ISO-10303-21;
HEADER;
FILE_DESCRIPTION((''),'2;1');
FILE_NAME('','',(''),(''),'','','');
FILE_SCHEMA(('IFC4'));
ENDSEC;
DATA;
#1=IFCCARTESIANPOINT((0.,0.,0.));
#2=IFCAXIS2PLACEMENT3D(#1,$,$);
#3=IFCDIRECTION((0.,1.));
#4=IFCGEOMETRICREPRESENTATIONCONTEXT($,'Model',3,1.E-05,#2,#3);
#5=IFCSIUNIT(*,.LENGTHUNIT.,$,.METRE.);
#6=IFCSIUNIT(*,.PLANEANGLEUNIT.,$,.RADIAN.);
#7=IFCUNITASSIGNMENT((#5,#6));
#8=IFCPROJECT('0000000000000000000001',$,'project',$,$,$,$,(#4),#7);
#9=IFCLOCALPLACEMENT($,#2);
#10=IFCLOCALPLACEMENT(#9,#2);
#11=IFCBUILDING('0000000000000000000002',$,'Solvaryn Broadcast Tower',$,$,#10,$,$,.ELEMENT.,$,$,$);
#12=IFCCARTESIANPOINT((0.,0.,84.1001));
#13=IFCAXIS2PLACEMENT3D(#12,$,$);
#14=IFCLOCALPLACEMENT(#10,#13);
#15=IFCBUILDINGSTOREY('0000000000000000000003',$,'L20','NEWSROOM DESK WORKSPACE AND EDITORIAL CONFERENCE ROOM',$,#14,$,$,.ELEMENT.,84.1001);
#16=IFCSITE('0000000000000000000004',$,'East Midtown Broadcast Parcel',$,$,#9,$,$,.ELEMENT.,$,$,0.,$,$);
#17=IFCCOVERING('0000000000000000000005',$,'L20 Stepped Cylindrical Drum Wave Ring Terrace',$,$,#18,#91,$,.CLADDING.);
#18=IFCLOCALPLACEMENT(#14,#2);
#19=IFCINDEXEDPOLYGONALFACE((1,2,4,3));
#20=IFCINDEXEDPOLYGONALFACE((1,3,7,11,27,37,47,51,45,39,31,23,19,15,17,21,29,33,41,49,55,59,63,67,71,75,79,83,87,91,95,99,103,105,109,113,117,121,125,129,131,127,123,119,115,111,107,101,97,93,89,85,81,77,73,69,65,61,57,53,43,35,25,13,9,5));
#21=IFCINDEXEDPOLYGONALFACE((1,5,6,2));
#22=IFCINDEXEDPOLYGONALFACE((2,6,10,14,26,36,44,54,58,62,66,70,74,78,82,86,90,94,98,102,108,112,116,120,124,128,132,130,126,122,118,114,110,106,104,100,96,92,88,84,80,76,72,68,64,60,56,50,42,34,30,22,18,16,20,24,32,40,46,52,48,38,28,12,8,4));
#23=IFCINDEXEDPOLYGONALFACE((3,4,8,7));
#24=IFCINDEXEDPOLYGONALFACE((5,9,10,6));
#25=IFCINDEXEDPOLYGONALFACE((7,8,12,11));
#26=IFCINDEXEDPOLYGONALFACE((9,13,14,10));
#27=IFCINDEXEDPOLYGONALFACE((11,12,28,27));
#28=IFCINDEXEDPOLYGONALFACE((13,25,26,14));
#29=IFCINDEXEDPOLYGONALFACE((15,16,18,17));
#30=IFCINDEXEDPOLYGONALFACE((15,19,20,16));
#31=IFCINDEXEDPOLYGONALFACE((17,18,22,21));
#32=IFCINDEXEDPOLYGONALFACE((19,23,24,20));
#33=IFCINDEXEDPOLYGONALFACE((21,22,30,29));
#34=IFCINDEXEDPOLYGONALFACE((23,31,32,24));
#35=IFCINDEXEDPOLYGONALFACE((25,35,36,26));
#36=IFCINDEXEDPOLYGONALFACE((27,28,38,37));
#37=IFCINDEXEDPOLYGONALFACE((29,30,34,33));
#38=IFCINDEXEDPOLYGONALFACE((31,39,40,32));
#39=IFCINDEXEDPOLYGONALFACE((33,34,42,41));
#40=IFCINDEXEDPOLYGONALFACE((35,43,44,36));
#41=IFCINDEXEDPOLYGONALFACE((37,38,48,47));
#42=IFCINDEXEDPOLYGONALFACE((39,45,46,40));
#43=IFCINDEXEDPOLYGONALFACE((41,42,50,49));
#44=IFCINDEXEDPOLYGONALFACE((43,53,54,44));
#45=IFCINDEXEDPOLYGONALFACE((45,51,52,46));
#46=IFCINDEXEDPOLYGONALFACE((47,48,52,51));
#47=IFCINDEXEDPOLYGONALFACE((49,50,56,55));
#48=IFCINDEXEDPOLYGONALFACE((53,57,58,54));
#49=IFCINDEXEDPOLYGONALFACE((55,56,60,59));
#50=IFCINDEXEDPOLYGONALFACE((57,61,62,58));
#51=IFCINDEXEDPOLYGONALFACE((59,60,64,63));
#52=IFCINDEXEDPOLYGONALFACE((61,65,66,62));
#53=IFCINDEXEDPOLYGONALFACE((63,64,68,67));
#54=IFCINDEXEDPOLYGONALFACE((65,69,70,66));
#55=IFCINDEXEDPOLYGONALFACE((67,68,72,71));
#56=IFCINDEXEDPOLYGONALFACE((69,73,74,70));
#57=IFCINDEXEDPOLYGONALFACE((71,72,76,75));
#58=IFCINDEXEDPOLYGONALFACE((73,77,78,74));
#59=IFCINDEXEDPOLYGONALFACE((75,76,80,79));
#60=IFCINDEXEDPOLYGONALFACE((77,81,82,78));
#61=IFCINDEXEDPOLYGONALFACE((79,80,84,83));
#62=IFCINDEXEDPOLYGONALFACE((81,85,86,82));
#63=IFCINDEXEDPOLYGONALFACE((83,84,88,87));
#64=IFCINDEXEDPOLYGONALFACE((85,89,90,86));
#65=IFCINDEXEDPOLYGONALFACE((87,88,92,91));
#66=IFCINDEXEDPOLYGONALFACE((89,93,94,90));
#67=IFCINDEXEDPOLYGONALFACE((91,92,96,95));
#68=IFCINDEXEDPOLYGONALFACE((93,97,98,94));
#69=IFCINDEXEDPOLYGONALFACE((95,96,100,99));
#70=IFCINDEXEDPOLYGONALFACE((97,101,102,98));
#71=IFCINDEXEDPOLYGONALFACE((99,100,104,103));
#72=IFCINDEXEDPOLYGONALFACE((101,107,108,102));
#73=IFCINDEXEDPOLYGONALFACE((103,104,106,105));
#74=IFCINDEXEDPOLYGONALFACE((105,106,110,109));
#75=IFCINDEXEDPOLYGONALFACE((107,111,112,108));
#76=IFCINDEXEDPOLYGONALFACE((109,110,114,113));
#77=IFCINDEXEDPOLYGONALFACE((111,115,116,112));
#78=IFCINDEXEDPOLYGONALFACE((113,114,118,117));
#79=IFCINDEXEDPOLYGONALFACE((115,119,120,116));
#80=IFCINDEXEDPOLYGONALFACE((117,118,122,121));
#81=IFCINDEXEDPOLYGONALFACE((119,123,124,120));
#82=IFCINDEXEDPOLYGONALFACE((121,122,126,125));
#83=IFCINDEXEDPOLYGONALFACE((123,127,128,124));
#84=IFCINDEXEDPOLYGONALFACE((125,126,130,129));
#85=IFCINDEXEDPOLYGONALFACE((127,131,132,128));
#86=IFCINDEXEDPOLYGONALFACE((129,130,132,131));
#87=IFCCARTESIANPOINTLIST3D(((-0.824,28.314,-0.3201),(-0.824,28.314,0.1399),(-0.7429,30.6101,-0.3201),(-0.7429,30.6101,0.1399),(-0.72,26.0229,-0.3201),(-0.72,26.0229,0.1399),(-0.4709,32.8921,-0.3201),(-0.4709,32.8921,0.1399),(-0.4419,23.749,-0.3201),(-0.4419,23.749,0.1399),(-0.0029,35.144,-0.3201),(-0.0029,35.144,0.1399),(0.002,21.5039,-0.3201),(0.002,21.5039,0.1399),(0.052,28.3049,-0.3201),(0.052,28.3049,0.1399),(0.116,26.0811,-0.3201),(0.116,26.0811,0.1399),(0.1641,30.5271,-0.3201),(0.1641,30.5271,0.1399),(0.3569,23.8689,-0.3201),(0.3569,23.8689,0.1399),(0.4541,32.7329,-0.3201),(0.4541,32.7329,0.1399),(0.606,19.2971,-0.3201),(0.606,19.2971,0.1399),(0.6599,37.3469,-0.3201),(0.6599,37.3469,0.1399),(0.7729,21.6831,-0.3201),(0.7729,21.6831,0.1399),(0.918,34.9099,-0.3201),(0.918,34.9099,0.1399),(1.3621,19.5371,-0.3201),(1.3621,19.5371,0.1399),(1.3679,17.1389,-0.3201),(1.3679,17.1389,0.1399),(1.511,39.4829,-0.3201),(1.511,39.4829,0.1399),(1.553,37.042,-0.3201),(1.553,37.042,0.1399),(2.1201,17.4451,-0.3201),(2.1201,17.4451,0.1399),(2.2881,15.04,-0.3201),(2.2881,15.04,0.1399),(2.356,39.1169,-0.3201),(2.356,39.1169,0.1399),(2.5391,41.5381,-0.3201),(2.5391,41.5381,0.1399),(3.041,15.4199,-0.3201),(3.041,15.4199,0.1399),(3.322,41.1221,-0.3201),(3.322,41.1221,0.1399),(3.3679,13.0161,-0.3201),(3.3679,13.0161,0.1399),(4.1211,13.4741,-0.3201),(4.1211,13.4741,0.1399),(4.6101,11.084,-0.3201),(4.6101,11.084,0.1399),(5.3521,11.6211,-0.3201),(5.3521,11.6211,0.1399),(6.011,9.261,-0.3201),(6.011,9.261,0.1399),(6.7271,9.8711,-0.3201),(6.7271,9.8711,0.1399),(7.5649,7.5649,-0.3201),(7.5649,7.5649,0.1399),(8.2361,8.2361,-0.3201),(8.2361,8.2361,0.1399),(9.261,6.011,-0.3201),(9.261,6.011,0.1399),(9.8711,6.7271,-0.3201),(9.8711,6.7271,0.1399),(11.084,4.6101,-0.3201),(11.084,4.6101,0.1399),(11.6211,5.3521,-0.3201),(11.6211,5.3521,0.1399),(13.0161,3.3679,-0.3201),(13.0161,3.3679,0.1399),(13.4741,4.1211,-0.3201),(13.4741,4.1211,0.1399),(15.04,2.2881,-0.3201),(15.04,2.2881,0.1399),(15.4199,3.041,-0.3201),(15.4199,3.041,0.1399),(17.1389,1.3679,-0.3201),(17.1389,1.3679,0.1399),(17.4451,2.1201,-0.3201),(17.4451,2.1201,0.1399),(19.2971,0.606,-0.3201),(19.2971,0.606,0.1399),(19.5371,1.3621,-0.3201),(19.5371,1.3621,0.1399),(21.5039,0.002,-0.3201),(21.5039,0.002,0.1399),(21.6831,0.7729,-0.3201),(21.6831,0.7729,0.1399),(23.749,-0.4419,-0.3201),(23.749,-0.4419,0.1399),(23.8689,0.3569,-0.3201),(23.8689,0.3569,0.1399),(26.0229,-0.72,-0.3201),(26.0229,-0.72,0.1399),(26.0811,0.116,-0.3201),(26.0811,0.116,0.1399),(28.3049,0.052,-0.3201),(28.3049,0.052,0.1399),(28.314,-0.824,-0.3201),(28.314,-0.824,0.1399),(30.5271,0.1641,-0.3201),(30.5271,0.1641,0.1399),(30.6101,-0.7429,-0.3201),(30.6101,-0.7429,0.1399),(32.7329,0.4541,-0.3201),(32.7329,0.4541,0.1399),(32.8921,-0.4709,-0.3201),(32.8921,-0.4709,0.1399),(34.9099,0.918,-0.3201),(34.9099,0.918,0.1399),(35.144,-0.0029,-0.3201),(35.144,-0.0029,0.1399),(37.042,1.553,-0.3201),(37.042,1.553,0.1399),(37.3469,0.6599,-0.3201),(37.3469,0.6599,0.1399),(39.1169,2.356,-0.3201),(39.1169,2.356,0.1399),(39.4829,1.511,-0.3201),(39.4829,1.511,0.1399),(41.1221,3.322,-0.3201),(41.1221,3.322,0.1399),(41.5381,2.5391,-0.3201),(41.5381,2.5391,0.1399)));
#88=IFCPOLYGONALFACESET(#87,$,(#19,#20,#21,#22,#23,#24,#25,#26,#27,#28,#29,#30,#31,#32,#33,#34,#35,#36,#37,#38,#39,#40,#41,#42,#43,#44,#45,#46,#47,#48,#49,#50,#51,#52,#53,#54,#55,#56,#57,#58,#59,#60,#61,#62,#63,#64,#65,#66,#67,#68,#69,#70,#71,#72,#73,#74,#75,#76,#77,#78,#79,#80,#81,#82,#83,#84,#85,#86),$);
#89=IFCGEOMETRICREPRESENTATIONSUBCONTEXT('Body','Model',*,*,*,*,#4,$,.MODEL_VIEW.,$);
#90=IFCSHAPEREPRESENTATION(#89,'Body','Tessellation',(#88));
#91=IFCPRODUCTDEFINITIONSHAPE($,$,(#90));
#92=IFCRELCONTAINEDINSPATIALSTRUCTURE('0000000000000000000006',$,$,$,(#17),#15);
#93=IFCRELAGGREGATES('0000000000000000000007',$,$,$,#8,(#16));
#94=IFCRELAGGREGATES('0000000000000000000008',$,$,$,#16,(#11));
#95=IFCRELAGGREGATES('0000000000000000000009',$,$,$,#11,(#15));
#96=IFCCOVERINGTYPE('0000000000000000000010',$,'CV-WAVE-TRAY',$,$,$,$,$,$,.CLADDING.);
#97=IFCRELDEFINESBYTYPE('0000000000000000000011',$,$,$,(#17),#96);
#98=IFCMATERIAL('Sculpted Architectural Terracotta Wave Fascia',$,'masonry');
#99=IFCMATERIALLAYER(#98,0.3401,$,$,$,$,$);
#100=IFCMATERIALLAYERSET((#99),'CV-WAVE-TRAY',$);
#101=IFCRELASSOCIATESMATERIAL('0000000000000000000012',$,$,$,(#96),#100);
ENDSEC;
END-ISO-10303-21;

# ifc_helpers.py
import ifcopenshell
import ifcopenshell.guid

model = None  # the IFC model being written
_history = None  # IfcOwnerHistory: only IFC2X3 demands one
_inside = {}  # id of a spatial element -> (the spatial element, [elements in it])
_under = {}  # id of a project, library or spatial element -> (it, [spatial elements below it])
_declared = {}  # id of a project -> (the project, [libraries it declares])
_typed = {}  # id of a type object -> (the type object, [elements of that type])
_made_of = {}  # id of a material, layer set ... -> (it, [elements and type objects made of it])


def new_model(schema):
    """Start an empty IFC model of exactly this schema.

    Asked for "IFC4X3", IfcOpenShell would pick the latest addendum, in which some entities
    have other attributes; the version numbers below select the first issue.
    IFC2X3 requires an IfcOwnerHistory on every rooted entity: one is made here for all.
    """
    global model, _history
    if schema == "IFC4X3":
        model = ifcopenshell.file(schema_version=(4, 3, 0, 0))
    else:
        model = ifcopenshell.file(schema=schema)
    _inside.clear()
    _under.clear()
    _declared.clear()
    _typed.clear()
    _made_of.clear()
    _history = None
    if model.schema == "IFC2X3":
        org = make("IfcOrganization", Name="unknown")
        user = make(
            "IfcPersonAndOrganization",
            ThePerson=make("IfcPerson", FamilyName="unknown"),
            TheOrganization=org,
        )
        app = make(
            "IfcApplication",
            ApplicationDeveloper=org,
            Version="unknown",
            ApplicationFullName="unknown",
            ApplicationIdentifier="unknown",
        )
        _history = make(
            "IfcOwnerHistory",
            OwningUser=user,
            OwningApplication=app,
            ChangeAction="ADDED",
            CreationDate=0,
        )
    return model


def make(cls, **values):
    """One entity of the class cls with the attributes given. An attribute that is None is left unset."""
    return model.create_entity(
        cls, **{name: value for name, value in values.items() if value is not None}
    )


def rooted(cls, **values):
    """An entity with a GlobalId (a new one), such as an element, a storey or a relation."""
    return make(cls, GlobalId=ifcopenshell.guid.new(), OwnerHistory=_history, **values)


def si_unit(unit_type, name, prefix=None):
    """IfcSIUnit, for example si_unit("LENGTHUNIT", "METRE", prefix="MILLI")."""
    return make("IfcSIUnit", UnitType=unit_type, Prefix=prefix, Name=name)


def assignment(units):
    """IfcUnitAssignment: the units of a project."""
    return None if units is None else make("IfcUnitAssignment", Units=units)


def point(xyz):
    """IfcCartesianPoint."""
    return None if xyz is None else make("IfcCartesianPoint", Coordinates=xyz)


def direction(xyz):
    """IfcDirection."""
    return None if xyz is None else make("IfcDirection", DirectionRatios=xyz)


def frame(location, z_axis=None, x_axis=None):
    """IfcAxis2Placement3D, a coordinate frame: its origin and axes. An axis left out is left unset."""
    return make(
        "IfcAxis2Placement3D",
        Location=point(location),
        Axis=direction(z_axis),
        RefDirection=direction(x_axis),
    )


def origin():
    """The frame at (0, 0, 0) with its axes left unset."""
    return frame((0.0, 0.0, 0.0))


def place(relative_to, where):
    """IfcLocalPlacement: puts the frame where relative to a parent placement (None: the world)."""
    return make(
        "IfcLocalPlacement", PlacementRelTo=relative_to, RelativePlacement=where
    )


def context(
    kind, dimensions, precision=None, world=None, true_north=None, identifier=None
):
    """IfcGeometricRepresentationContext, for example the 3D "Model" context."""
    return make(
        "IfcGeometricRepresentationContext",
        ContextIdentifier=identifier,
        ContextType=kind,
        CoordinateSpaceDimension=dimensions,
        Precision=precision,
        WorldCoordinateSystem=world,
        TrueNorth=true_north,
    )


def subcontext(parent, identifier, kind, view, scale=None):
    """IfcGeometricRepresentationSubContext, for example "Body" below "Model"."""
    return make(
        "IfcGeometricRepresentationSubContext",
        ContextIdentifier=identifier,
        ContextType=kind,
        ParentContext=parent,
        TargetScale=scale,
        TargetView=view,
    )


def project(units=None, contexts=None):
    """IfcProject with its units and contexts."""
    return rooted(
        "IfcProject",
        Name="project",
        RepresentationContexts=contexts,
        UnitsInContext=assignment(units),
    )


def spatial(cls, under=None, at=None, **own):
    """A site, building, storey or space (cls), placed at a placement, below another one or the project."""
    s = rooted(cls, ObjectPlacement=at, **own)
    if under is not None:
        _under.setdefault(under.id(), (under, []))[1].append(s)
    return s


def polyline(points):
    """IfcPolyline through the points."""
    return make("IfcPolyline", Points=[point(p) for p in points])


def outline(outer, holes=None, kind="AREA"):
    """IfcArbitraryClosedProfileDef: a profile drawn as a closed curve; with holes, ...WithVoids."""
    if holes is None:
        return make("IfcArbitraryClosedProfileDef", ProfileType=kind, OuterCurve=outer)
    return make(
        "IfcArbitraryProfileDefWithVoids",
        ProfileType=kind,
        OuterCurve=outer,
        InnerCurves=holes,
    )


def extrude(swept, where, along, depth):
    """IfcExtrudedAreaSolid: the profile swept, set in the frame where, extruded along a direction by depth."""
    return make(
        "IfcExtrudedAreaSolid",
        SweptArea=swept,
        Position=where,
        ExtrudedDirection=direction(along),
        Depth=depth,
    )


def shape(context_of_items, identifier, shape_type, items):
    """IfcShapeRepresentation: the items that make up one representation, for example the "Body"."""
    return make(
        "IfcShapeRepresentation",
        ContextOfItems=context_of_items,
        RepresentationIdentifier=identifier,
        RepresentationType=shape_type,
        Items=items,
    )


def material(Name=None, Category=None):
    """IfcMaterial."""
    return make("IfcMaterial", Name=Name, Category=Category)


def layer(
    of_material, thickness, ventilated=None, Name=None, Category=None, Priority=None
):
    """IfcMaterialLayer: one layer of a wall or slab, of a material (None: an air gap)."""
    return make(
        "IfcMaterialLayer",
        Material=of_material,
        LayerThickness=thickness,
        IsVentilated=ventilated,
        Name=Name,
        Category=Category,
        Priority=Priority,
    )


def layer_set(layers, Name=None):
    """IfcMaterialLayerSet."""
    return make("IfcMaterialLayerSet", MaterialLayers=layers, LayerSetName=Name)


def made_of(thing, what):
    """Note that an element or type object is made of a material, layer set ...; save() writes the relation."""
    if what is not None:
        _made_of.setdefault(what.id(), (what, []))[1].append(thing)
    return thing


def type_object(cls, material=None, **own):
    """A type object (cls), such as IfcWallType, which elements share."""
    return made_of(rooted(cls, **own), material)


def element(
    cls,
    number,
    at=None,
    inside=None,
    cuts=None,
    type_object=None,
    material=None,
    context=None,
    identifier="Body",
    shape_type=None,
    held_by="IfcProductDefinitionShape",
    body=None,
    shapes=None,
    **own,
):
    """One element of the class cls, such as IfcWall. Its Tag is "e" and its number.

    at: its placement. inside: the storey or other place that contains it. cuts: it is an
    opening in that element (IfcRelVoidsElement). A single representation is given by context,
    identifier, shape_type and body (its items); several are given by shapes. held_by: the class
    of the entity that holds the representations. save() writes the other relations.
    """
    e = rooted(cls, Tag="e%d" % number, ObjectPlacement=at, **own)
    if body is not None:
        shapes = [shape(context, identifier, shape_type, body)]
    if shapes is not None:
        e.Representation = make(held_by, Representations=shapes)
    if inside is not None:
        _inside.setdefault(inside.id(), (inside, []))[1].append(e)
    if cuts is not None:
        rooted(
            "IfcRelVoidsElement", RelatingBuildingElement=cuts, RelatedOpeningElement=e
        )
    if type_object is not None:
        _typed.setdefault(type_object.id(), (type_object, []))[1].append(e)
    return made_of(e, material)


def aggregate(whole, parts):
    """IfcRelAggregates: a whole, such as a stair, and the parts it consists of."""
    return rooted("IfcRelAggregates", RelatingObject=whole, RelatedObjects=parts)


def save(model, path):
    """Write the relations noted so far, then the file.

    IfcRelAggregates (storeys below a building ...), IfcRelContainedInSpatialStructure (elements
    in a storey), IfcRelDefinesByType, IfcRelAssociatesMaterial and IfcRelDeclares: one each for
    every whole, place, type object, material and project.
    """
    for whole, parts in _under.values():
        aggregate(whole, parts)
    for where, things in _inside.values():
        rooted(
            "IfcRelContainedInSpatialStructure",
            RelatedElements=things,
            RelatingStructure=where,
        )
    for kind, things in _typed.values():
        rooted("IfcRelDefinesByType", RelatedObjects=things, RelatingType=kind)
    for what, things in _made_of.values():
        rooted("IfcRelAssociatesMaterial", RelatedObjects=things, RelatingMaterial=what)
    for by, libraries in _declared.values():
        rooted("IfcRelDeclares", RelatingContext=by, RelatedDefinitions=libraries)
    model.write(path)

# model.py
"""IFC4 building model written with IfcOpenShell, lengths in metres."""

from ifc_helpers import new_model, si_unit, direction, frame, origin, place, context, subcontext, project, spatial, polyline, outline, extrude, material, layer, layer_set, type_object, element, save


model = new_model("IFC4")

# Units and contexts
model_context = context("Model", 3, precision=1e-05, world=origin(), true_north=direction((0.0, 1.0)))
body_context = subcontext(model_context, "Body", "Model", "MODEL_VIEW")
ifc_project = project(units=[si_unit("LENGTHUNIT", "METRE"), si_unit("PLANEANGLEUNIT", "RADIAN")], contexts=[model_context])

# Site, building, storey
site_placement = place(None, origin())
site = spatial("IfcSite", under=ifc_project, at=site_placement, Name="East Midtown Broadcast Parcel", CompositionType="ELEMENT", RefElevation=0.0)
building_placement = place(site_placement, origin())
building = spatial("IfcBuilding", under=site, at=building_placement, Name="Solvaryn Broadcast Tower", CompositionType="ELEMENT")
storey_placement = place(building_placement, frame((0.0, 0.0, 84.1001)))
storey = spatial("IfcBuildingStorey", under=building, at=storey_placement, Name="L20", Description="NEWSROOM DESK WORKSPACE AND EDITORIAL CONFERENCE ROOM", CompositionType="ELEMENT", Elevation=84.1001)

# Covering
ifc_material_1 = material(Name="Sculpted Architectural Terracotta Wave Fascia", Category="masonry")
ifc_layer_1 = layer(ifc_material_1, 0.3401)
ifc_layer_set_1 = layer_set([ifc_layer_1], Name="CV-WAVE-TRAY")
covering_type_1 = type_object("IfcCoveringType", Name="CV-WAVE-TRAY", PredefinedType="CLADDING", material=ifc_layer_set_1)
covering_1_placement = place(storey_placement, frame((0.0, 0.0, -0.3201)))
element("IfcCovering", 1, at=covering_1_placement, inside=storey, type_object=covering_type_1, Name="L20 Stepped Cylindrical Drum Wave Ring Terrace", PredefinedType="CLADDING", context=body_context, shape_type="SweptSolid", body=[
    extrude(outline(polyline([(2.5391, 41.5381), (1.511, 39.4829), (0.6599, 37.3469), (-0.0029, 35.144), (-0.4709, 32.8921), (-0.7429, 30.6101), (-0.824, 28.314), (-0.72, 26.0229), (-0.4419, 23.749), (0.002, 21.5039), (0.606, 19.2971), (1.3679, 17.1389), (2.2881, 15.04), (3.3679, 13.0161), (4.6101, 11.084), (6.011, 9.261), (7.5649, 7.5649), (9.261, 6.011), (11.084, 4.6101), (13.0161, 3.3679), (15.04, 2.2881), (17.1389, 1.3679), (19.2971, 0.606), (21.5039, 0.002), (23.749, -0.4419), (26.0229, -0.72), (28.314, -0.824), (30.6101, -0.7429), (32.8921, -0.4709), (35.144, -0.0029), (37.3469, 0.6599), (39.4829, 1.511), (41.5381, 2.5391), (41.1221, 3.322), (39.1169, 2.356), (37.042, 1.553), (34.9099, 0.918), (32.7329, 0.4541), (30.5271, 0.1641), (28.3049, 0.052), (26.0811, 0.116), (23.8689, 0.3569), (21.6831, 0.7729), (19.5371, 1.3621), (17.4451, 2.1201), (15.4199, 3.041), (13.4741, 4.1211), (11.6211, 5.3521), (9.8711, 6.7271), (8.2361, 8.2361), (6.7271, 9.8711), (5.3521, 11.6211), (4.1211, 13.4741), (3.041, 15.4199), (2.1201, 17.4451), (1.3621, 19.5371), (0.7729, 21.6831), (0.3569, 23.8689), (0.116, 26.0811), (0.052, 28.3049), (0.1641, 30.5271), (0.4541, 32.7329), (0.918, 34.9099), (1.553, 37.042), (2.356, 39.1169), (3.322, 41.1221), (2.5391, 41.5381)])), origin(), (0.0, 0.0, 1.0), 0.46),
])

save(model, "model.ifc")
